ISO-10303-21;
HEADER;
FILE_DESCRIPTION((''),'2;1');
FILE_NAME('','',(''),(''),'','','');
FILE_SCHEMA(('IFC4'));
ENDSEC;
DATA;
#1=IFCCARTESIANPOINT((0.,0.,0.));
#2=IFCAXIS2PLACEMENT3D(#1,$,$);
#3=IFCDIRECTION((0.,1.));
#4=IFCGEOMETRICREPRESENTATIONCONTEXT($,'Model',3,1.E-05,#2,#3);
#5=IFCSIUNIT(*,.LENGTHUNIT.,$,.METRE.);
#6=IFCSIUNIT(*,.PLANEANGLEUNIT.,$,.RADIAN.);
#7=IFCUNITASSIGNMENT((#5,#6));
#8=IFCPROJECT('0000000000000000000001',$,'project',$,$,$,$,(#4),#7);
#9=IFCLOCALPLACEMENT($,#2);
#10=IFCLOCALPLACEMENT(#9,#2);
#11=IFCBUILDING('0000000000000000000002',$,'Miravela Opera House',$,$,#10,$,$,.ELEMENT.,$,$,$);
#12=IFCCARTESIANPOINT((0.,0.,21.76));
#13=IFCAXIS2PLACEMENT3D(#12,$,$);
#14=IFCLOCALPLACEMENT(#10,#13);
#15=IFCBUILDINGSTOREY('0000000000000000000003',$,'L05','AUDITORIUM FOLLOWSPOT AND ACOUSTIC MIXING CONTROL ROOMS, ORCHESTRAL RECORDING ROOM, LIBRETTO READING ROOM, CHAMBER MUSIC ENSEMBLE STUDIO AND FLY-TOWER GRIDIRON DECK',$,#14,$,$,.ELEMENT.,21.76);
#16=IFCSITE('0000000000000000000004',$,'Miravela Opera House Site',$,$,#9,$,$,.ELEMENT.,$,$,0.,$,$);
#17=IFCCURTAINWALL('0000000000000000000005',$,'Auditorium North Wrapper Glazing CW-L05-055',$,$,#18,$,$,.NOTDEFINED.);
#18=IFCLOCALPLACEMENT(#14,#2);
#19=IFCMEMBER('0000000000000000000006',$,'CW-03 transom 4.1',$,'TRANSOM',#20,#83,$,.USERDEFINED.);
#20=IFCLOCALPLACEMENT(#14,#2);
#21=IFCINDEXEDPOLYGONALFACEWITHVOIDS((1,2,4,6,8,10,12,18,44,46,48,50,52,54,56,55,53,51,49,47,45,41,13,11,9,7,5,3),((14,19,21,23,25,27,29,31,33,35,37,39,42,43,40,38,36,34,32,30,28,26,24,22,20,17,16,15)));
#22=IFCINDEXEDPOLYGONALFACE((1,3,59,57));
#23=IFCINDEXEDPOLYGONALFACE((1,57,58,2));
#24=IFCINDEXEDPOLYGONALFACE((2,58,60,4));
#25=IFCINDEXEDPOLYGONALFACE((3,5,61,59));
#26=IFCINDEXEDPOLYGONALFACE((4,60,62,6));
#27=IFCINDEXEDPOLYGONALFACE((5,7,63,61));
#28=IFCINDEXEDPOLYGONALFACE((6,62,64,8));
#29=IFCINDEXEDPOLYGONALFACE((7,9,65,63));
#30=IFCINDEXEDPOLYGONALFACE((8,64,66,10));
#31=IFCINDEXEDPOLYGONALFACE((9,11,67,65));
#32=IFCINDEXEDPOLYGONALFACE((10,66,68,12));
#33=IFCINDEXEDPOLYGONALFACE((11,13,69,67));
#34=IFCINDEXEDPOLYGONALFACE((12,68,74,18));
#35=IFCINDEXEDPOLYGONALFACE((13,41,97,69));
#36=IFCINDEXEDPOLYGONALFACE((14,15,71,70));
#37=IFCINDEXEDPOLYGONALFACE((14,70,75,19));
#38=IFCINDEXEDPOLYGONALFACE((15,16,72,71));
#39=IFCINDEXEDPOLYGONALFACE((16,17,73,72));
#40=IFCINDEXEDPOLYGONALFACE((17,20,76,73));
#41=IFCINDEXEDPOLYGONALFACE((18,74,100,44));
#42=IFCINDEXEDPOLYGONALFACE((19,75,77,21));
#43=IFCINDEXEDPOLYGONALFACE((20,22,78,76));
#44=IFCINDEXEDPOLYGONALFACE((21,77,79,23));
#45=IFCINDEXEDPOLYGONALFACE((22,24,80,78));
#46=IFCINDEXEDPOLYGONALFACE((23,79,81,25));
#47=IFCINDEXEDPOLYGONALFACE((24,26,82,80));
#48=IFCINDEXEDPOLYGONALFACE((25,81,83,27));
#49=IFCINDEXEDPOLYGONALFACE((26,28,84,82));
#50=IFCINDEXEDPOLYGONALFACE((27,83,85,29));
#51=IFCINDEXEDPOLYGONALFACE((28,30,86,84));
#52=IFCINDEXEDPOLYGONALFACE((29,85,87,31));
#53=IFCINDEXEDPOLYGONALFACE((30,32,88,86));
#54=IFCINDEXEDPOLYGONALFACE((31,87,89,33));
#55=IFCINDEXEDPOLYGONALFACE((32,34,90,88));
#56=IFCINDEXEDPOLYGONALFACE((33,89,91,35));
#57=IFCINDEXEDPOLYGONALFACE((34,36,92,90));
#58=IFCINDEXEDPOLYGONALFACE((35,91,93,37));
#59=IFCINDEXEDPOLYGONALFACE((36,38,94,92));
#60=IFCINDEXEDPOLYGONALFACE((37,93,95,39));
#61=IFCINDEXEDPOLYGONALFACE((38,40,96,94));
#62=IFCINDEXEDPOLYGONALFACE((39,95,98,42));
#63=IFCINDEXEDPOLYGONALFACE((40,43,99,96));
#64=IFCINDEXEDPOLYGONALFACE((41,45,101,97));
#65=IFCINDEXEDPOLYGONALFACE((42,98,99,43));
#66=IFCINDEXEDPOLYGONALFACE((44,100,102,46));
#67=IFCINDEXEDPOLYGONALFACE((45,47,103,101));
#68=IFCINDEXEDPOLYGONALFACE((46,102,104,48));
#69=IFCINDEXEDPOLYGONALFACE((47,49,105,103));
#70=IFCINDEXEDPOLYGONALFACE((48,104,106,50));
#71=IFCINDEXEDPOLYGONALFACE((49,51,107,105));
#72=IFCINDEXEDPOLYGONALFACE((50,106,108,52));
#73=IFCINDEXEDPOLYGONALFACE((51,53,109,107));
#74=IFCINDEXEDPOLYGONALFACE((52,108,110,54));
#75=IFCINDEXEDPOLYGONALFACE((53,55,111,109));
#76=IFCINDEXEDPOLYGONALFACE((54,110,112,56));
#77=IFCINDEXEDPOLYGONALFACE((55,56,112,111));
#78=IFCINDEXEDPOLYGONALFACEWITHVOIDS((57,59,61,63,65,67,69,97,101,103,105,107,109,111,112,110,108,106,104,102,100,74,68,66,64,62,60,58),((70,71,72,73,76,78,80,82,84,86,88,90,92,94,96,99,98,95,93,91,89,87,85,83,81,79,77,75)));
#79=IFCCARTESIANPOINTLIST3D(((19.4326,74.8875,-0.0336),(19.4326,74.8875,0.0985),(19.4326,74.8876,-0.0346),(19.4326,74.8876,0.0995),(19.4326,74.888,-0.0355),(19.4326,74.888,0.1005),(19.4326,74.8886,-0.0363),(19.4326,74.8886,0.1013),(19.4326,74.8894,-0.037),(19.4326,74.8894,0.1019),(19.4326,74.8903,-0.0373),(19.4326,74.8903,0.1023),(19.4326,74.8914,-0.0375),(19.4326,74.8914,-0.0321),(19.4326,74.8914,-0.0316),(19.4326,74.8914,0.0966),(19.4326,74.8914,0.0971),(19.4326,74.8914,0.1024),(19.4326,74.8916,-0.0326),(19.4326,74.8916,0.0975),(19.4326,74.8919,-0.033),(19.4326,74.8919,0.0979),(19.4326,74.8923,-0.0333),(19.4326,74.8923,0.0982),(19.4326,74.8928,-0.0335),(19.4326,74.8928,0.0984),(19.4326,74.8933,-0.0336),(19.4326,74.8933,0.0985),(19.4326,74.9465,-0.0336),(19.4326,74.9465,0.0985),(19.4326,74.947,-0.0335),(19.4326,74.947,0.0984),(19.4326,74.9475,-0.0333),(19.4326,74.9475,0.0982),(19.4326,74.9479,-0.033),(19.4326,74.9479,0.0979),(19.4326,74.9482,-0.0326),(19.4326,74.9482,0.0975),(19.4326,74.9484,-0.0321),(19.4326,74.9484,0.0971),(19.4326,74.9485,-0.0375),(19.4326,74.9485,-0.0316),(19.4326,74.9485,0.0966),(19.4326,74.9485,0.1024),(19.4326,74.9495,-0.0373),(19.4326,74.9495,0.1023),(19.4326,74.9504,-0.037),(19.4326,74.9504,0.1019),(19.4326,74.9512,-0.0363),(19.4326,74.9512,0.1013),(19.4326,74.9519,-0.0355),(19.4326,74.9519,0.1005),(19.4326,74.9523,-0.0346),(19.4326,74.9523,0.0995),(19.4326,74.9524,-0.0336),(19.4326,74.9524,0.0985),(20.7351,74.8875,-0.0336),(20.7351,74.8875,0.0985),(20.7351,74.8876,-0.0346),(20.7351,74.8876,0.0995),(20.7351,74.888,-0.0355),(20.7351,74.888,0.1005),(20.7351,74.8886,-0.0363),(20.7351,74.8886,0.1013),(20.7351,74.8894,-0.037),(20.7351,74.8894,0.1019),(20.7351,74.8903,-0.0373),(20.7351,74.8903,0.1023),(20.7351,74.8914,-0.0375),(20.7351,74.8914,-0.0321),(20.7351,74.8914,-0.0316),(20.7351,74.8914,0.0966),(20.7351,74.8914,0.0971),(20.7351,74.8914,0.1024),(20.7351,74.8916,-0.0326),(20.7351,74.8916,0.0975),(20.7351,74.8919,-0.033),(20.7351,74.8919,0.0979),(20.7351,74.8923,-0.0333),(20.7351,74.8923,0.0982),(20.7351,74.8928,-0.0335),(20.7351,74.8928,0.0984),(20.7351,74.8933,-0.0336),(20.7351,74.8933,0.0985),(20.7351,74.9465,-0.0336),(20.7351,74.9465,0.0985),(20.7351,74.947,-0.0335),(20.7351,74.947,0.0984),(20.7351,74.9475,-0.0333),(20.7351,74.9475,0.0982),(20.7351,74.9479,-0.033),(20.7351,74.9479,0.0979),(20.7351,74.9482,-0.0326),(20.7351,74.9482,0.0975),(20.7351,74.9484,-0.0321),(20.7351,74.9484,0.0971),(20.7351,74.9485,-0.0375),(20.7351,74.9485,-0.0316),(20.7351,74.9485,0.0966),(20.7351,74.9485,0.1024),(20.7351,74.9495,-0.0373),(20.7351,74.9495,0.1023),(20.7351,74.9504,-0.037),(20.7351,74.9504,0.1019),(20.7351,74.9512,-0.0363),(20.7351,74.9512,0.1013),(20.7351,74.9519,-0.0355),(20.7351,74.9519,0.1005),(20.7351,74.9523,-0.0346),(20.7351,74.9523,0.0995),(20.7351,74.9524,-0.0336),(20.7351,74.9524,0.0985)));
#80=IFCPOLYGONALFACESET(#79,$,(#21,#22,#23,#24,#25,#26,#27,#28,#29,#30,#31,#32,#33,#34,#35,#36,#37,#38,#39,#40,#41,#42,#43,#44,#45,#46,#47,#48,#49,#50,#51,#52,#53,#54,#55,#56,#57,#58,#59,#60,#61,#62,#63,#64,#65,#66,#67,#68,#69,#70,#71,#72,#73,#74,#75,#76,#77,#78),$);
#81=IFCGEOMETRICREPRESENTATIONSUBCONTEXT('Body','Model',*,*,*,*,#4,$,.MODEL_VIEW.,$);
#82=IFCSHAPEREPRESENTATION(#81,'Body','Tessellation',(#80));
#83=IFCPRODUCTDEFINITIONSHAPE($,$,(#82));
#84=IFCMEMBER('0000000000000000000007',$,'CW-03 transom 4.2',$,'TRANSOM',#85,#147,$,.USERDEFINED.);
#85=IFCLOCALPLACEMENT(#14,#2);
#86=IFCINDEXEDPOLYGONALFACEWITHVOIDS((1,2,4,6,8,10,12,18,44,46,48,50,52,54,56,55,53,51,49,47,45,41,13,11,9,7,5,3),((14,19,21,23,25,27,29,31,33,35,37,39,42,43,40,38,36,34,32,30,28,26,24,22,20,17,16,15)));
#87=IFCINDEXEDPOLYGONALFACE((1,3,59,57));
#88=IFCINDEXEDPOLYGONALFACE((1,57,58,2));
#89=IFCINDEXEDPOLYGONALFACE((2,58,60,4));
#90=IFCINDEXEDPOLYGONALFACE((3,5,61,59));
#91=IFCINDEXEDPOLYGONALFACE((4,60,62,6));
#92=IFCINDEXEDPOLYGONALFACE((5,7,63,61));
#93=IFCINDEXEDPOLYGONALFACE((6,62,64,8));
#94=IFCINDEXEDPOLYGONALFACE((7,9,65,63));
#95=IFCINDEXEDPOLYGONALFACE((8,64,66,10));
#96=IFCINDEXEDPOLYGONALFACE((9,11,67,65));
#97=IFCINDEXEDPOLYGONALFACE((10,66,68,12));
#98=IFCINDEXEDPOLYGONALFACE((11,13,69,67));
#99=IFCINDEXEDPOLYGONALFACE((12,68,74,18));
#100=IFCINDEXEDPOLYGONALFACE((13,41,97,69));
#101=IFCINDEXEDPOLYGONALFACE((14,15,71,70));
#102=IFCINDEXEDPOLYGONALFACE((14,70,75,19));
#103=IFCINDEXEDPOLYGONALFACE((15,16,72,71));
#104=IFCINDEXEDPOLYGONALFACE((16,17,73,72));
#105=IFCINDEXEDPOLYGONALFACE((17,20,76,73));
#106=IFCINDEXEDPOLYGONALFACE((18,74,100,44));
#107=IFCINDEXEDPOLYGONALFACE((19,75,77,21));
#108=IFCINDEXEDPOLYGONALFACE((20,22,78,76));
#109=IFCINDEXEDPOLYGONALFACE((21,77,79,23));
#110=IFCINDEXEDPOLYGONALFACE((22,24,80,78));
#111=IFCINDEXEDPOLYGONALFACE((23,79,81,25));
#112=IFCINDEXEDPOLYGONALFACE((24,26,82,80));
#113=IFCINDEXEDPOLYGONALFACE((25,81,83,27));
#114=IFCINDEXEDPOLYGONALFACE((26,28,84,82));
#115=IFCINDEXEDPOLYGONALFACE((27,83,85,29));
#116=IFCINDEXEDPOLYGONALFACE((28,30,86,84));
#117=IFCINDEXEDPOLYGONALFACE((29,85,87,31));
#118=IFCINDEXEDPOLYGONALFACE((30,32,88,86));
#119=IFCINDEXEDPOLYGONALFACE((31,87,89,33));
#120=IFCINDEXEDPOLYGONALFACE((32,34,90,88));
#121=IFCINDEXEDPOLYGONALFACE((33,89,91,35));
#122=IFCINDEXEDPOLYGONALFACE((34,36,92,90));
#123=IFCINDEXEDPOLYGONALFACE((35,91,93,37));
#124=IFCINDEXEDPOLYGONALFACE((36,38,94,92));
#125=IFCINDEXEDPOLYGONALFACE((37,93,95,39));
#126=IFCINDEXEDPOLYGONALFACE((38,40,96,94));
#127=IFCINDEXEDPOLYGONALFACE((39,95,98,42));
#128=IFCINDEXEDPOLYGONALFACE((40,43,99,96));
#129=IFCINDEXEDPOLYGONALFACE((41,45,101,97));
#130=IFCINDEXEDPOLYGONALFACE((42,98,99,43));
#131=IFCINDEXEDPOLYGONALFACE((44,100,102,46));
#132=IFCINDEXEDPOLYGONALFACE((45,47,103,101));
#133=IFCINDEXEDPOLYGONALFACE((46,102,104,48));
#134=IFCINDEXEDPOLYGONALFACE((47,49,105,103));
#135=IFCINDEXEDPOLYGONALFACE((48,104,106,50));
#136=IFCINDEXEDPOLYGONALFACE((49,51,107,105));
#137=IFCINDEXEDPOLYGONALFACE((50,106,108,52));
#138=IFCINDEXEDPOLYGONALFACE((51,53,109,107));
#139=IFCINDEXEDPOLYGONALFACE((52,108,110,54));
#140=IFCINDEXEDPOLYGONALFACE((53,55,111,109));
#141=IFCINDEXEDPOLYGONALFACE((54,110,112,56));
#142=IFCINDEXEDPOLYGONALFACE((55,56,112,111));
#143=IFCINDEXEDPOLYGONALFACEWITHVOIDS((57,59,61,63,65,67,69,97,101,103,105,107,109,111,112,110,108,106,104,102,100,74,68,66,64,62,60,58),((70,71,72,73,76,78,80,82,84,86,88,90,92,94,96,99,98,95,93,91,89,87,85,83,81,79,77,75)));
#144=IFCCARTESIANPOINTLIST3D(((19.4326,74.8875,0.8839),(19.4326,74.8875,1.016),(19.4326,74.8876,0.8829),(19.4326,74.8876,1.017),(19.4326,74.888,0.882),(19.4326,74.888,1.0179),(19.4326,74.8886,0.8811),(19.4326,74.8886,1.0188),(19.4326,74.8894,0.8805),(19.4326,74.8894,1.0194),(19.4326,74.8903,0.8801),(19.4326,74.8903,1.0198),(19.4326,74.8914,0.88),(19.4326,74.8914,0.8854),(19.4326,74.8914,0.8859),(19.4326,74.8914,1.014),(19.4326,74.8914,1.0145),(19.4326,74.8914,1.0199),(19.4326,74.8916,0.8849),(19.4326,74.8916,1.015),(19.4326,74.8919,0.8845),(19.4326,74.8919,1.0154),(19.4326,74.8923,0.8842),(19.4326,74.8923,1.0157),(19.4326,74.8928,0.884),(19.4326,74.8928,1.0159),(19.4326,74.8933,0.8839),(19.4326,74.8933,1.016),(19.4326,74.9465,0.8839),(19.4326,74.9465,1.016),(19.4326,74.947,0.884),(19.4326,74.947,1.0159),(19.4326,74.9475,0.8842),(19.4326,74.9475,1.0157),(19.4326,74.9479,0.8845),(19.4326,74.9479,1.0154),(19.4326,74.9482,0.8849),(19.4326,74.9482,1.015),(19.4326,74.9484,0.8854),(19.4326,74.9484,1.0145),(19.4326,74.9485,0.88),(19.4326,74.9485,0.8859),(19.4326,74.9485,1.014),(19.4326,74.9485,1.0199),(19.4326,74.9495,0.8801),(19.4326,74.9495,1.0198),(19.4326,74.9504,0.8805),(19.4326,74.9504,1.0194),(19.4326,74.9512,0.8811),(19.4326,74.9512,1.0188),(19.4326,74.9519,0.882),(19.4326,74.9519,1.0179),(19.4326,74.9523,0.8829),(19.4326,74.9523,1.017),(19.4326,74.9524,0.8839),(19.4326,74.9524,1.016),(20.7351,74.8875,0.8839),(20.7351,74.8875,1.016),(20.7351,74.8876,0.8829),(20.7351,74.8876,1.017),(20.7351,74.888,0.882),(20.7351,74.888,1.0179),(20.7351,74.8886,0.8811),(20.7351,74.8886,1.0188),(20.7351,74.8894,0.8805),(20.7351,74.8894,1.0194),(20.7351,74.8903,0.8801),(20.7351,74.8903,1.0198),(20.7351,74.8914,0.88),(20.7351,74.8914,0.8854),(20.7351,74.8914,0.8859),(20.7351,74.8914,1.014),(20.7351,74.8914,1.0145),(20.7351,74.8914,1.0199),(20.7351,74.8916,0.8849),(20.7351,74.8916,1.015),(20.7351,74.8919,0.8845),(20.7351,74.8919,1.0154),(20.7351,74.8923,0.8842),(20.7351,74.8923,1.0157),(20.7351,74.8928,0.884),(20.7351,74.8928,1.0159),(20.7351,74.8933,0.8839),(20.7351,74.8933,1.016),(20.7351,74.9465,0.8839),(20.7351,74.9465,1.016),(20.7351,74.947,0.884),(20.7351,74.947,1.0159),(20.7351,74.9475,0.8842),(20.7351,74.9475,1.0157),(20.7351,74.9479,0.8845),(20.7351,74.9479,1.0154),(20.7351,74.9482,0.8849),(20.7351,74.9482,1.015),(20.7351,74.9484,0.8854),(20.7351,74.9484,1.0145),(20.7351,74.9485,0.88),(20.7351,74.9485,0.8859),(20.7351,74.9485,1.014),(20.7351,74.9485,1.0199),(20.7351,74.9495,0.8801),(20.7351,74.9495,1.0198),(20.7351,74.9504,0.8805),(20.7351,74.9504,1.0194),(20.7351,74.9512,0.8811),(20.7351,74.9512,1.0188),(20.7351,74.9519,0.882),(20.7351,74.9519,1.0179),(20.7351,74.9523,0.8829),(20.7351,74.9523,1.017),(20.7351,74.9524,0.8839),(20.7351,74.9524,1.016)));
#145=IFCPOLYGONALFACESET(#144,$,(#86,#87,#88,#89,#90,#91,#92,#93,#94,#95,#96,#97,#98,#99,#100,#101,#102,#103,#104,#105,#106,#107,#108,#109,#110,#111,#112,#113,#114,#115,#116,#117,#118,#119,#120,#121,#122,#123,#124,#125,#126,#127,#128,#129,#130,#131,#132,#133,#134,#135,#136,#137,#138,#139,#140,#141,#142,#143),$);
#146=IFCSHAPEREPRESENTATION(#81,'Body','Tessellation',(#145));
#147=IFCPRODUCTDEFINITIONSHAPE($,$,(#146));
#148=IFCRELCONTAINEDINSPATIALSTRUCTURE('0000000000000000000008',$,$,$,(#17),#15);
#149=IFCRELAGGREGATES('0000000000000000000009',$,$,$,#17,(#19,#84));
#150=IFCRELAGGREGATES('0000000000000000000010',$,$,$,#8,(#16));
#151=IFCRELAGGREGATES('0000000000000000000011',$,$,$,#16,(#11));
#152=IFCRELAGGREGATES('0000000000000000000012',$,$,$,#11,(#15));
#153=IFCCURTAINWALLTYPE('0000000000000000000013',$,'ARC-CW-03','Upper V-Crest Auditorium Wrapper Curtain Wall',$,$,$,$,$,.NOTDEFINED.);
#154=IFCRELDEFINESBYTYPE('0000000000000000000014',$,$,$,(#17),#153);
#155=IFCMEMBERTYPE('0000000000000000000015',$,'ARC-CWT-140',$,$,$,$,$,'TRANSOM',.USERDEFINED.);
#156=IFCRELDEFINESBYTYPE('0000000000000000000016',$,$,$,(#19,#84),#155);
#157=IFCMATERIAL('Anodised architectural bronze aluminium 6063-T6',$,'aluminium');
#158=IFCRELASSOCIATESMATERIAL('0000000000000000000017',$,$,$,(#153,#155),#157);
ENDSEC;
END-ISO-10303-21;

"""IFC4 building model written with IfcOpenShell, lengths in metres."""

from ifc_helpers import new_model, si_unit, direction, frame, origin, origin_2d, place, context, subcontext, project, spatial, hollow_rectangle, extrude, material, material_profile, profile_set, type_object, element, aggregate, save


model = new_model("IFC4")

# Units and contexts
model_context = context("Model", 3, precision=1e-05, world=origin(), true_north=direction((0.0, 1.0)))
body_context = subcontext(model_context, "Body", "Model", "MODEL_VIEW")
ifc_project = project(units=[si_unit("LENGTHUNIT", "METRE"), si_unit("PLANEANGLEUNIT", "RADIAN")], contexts=[model_context])

# Site, building, storey
site_placement = place(None, origin())
site = spatial("IfcSite", under=ifc_project, at=site_placement, Name="Miravela Opera House Site", CompositionType="ELEMENT", RefElevation=0.0)
building_placement = place(site_placement, origin())
building = spatial("IfcBuilding", under=site, at=building_placement, Name="Miravela Opera House", CompositionType="ELEMENT")
storey_placement = place(building_placement, frame((0.0, 0.0, 21.76)))
storey = spatial("IfcBuildingStorey", under=building, at=storey_placement, Name="L05", Description="AUDITORIUM FOLLOWSPOT AND ACOUSTIC MIXING CONTROL ROOMS, ORCHESTRAL RECORDING ROOM, LIBRETTO READING ROOM, CHAMBER MUSIC ENSEMBLE STUDIO AND FLY-TOWER GRIDIRON DECK", CompositionType="ELEMENT", Elevation=21.76)

# Curtain wall
ifc_material_1 = material(Name="Anodised architectural bronze aluminium 6063-T6", Category="aluminium")
curtain_wall_type = type_object("IfcCurtainWallType", Name="ARC-CW-03", Description="Upper V-Crest Auditorium Wrapper Curtain Wall", PredefinedType="NOTDEFINED", material=ifc_material_1)
curtain_wall_1_placement = place(storey_placement, origin())
curtain_wall_1 = element("IfcCurtainWall", 1, at=curtain_wall_1_placement, inside=storey, type_object=curtain_wall_type, Name="Auditorium North Wrapper Glazing CW-L05-055", PredefinedType="NOTDEFINED")

# Members
ifc_material_profile_1 = material_profile(ifc_material_1, hollow_rectangle(XDim=0.0649, YDim=0.1399, WallThickness=0.0039, InnerFilletRadius=0.002, OuterFilletRadius=0.0039, at=origin_2d()), Name="CWT-65X140")
ifc_profile_set_1 = profile_set([ifc_material_profile_1])
member_type_1 = type_object("IfcMemberType", Name="ARC-CWT-140", ElementType="TRANSOM", PredefinedType="USERDEFINED", material=ifc_profile_set_1)
member_1_placement = place(storey_placement, frame((19.4326, 74.9199, 0.0325), z_axis=(1.0, 0.0, 0.0), x_axis=(0.0, 1.0, 0.0)))
member_1 = element("IfcMember", 2, at=member_1_placement, type_object=member_type_1, Name="CW-03 transom 4.1", ObjectType="TRANSOM", PredefinedType="USERDEFINED", context=body_context, shape_type="SweptSolid", body=[
    extrude(hollow_rectangle(XDim=0.0649, YDim=0.1399, WallThickness=0.0039, InnerFilletRadius=0.002, OuterFilletRadius=0.0039, at=origin_2d()), origin(), (0.0, 0.0, 1.0), 1.3025),
])
member_2_placement = place(storey_placement, frame((19.4326, 74.9199, 0.95), z_axis=(1.0, 0.0, 0.0), x_axis=(0.0, 1.0, 0.0)))
member_2 = element("IfcMember", 3, at=member_2_placement, type_object=member_type_1, Name="CW-03 transom 4.2", ObjectType="TRANSOM", PredefinedType="USERDEFINED", context=body_context, shape_type="SweptSolid", body=[
    extrude(hollow_rectangle(XDim=0.0649, YDim=0.1399, WallThickness=0.0039, InnerFilletRadius=0.002, OuterFilletRadius=0.0039, at=origin_2d()), origin(), (0.0, 0.0, 1.0), 1.3025),
])

aggregate(curtain_wall_1, [member_1, member_2])

save(model, "model.ifc")
